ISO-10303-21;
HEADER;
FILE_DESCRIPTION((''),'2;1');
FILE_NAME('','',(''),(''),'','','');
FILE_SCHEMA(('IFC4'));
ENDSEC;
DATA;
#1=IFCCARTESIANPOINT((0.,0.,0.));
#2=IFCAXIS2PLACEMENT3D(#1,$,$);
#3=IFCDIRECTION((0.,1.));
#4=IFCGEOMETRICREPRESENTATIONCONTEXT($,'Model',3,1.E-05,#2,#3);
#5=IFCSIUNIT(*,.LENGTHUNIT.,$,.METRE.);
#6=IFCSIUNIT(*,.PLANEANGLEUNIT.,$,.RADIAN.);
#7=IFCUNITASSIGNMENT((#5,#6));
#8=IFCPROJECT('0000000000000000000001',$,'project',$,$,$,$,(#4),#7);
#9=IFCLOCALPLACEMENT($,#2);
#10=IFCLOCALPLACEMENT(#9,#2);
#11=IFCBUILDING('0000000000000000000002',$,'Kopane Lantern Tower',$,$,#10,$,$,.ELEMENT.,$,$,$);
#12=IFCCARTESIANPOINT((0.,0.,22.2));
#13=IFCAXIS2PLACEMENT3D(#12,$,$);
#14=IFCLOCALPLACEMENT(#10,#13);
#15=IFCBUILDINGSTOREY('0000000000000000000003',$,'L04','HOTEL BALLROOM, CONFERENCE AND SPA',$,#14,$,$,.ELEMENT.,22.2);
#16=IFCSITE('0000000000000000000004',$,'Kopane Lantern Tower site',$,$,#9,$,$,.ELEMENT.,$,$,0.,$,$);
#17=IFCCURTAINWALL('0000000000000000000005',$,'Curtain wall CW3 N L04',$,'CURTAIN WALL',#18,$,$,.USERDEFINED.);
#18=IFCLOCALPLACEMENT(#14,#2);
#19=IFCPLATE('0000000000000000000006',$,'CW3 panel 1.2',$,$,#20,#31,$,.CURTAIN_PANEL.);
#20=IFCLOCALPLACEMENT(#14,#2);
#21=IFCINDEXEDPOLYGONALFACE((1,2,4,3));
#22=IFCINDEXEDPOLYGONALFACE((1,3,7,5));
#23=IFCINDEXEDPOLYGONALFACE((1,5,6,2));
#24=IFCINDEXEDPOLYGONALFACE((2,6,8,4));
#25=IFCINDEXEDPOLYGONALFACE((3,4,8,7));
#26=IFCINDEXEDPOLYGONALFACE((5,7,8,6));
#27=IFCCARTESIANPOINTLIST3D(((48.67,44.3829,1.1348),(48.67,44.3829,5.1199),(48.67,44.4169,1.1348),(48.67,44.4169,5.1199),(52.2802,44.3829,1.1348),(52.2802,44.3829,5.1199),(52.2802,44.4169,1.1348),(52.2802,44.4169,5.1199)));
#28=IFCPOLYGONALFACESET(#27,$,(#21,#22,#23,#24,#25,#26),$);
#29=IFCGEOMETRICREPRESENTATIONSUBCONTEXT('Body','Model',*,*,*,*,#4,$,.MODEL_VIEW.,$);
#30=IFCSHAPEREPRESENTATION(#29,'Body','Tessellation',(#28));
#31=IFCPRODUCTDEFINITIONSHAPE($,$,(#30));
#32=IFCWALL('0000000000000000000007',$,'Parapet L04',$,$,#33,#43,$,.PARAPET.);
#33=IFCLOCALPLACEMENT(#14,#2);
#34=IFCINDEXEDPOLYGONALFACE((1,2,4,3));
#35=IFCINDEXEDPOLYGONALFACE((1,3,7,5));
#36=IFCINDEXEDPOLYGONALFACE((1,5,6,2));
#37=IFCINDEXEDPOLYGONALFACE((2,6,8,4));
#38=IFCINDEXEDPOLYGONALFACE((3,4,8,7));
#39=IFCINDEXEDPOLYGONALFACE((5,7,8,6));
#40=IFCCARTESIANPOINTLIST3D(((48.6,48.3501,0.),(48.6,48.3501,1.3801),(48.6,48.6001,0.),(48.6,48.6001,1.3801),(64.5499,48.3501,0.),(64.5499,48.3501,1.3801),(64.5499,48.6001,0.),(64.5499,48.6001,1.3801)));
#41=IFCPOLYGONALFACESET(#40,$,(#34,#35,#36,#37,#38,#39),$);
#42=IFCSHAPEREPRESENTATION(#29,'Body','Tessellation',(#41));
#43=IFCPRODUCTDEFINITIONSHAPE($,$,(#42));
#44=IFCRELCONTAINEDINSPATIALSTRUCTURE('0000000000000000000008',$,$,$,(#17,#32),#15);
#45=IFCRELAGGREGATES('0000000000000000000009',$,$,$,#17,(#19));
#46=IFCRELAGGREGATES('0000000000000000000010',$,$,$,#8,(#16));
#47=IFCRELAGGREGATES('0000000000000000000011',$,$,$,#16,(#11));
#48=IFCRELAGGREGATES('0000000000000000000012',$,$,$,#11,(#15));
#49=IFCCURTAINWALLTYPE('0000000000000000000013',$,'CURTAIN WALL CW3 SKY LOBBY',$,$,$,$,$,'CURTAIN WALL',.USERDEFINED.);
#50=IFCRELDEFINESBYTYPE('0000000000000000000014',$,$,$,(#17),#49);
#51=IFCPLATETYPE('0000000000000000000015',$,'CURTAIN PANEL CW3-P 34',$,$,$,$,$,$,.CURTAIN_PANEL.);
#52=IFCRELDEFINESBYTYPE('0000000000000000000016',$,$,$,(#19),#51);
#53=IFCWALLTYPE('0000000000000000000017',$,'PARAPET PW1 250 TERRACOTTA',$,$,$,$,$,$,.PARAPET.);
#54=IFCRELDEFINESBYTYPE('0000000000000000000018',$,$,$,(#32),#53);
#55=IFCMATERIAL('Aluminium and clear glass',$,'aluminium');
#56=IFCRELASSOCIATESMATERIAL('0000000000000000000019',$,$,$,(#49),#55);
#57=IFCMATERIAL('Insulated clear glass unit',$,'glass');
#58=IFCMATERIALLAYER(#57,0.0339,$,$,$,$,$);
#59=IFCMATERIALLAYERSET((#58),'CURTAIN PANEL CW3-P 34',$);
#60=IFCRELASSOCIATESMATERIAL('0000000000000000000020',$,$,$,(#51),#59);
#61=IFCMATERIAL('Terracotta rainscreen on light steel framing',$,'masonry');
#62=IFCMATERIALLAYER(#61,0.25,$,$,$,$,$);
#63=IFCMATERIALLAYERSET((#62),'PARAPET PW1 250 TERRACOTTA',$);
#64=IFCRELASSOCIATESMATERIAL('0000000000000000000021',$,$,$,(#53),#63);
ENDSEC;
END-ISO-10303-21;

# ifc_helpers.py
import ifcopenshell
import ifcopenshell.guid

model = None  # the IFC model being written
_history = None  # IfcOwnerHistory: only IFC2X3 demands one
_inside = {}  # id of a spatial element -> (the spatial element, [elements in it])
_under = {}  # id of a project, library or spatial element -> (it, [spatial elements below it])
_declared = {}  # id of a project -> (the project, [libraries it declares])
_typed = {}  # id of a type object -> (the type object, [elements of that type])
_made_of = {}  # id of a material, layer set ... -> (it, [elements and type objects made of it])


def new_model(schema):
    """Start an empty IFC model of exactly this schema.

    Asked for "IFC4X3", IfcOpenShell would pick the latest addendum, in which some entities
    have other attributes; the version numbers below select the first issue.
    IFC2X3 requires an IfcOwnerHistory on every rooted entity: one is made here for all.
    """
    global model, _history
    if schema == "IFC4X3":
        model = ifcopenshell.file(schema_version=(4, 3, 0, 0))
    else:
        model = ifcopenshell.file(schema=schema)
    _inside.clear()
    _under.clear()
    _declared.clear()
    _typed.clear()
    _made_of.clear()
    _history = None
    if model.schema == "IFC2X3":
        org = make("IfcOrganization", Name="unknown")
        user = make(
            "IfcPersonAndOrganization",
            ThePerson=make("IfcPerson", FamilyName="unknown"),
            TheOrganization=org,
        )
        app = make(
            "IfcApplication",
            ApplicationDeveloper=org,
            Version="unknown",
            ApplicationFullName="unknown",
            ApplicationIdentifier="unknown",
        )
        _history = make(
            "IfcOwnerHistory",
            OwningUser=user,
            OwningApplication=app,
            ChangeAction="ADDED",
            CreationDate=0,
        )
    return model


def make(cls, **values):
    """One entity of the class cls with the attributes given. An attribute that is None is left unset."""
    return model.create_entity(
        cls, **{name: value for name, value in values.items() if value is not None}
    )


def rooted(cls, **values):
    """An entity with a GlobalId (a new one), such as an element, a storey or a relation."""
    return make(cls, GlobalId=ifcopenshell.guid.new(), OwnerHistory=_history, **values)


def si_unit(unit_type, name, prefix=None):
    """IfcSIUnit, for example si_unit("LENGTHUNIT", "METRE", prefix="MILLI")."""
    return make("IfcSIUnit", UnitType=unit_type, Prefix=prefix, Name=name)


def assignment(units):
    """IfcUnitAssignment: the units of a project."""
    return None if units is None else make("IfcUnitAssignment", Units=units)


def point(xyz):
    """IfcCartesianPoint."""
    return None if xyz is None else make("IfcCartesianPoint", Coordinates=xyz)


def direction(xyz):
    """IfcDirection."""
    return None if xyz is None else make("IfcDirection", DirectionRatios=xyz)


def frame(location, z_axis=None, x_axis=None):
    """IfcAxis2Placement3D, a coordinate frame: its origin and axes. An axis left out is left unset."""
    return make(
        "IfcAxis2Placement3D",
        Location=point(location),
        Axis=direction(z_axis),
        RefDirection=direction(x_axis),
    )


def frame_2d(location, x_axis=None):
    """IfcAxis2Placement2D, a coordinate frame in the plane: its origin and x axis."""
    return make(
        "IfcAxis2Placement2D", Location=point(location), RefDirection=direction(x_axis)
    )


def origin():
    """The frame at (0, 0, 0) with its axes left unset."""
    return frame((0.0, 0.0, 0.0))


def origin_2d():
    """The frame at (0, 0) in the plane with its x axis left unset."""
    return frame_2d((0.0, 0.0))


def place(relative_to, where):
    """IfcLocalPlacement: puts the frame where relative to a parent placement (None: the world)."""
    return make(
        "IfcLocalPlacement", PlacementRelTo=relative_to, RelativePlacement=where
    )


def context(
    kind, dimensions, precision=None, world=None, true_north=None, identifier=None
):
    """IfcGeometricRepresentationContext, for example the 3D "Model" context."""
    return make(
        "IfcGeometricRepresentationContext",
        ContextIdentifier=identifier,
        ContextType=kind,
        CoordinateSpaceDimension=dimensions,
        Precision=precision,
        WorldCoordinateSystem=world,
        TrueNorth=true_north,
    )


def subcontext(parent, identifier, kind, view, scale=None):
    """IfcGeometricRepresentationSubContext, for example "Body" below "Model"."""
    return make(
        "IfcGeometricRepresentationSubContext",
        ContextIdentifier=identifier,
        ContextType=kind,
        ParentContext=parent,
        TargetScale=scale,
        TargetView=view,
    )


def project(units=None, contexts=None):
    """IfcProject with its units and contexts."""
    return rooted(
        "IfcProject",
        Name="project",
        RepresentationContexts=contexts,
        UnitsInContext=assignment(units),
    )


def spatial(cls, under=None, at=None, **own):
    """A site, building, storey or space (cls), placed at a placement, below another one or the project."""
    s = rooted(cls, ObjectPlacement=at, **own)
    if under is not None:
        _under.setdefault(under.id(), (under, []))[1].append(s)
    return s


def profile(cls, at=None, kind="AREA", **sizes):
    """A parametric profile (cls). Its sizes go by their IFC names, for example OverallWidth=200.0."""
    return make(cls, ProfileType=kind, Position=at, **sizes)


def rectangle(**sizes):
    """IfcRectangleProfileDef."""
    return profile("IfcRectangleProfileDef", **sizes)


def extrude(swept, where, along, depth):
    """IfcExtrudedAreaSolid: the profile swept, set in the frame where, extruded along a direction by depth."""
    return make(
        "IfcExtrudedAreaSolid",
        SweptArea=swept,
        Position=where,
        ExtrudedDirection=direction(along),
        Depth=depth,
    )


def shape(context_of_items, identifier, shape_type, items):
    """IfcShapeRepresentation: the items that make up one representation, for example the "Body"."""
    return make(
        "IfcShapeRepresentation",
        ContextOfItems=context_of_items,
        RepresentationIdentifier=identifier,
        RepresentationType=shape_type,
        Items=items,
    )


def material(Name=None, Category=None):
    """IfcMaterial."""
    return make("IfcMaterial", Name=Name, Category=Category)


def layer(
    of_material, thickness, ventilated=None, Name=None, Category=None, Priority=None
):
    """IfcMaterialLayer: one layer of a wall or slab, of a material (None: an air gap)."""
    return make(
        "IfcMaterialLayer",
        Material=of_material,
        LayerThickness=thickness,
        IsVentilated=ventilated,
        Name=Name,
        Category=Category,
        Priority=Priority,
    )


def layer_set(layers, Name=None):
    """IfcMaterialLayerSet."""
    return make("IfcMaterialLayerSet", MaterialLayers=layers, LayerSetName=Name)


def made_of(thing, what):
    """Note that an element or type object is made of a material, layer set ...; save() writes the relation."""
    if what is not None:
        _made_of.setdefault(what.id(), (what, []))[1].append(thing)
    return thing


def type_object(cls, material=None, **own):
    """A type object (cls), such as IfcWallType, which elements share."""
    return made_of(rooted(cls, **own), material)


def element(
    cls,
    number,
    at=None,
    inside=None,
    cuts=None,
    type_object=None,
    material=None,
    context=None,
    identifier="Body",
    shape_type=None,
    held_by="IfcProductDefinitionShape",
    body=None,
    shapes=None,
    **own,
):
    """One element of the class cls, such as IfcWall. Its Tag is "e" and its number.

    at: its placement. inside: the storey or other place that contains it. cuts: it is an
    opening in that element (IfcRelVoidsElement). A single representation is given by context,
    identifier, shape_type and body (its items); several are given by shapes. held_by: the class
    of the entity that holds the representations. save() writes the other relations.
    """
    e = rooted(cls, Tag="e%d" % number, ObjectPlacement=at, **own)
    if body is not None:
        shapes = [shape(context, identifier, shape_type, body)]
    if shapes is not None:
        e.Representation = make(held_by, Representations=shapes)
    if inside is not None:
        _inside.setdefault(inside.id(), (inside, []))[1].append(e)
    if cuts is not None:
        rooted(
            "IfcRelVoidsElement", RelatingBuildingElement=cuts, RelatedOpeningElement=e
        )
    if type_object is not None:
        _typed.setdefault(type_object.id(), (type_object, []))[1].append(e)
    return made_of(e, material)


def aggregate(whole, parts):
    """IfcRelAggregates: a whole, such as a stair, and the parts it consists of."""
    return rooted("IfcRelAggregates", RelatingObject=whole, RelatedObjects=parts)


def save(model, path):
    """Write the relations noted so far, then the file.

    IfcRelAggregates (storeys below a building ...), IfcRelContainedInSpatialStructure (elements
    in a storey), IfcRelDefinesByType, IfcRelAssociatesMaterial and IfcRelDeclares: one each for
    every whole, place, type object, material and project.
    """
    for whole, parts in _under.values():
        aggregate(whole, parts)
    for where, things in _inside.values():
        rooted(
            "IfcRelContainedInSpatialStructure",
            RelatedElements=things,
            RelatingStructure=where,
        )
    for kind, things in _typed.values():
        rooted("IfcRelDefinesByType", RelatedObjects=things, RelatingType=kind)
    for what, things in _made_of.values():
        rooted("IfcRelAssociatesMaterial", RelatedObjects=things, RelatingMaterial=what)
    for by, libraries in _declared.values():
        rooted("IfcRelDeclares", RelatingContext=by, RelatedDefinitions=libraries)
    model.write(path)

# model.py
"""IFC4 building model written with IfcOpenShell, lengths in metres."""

from ifc_helpers import new_model, si_unit, direction, frame, frame_2d, origin, origin_2d, place, context, subcontext, project, spatial, rectangle, extrude, material, layer, layer_set, type_object, element, aggregate, save


model = new_model("IFC4")

# Units and contexts
model_context = context("Model", 3, precision=1e-05, world=origin(), true_north=direction((0.0, 1.0)))
body_context = subcontext(model_context, "Body", "Model", "MODEL_VIEW")
ifc_project = project(units=[si_unit("LENGTHUNIT", "METRE"), si_unit("PLANEANGLEUNIT", "RADIAN")], contexts=[model_context])

# Site, building, storey
site_placement = place(None, origin())
site = spatial("IfcSite", under=ifc_project, at=site_placement, Name="Kopane Lantern Tower site", CompositionType="ELEMENT", RefElevation=0.0)
building_placement = place(site_placement, origin())
building = spatial("IfcBuilding", under=site, at=building_placement, Name="Kopane Lantern Tower", CompositionType="ELEMENT")
storey_placement = place(building_placement, frame((0.0, 0.0, 22.2)))
storey = spatial("IfcBuildingStorey", under=building, at=storey_placement, Name="L04", Description="HOTEL BALLROOM, CONFERENCE AND SPA", CompositionType="ELEMENT", Elevation=22.2)

# Shared definitions
ifc_material_1 = material(Name="Aluminium and clear glass", Category="aluminium")
curtain_wall_type = type_object("IfcCurtainWallType", Name="CURTAIN WALL CW3 SKY LOBBY", ElementType="CURTAIN WALL", PredefinedType="USERDEFINED", material=ifc_material_1)

# Curtain wall
curtain_wall_1_placement = place(storey_placement, origin())
curtain_wall_1 = element("IfcCurtainWall", 1, at=curtain_wall_1_placement, inside=storey, type_object=curtain_wall_type, Name="Curtain wall CW3 N L04", ObjectType="CURTAIN WALL", PredefinedType="USERDEFINED")

# Plate
ifc_material_2 = material(Name="Insulated clear glass unit", Category="glass")
ifc_layer_1 = layer(ifc_material_2, 0.0339)
ifc_layer_set_1 = layer_set([ifc_layer_1], Name="CURTAIN PANEL CW3-P 34")
plate_type = type_object("IfcPlateType", Name="CURTAIN PANEL CW3-P 34", PredefinedType="CURTAIN_PANEL", material=ifc_layer_set_1)
plate_1_placement = place(storey_placement, frame((50.4751, 44.3999, 1.1348), z_axis=(0.0, 0.0, 1.0), x_axis=(-1.0, 0.0, 0.0)))
plate_1 = element("IfcPlate", 2, at=plate_1_placement, type_object=plate_type, Name="CW3 panel 1.2", PredefinedType="CURTAIN_PANEL", context=body_context, shape_type="SweptSolid", body=[
    extrude(rectangle(XDim=3.6101, YDim=0.0339, at=origin_2d()), origin(), (0.0, 0.0, 1.0), 3.9851),
])
aggregate(curtain_wall_1, [plate_1])

# Wall
ifc_material_3 = material(Name="Terracotta rainscreen on light steel framing", Category="masonry")
ifc_layer_2 = layer(ifc_material_3, 0.25)
ifc_layer_set_2 = layer_set([ifc_layer_2], Name="PARAPET PW1 250 TERRACOTTA")
wall_type = type_object("IfcWallType", Name="PARAPET PW1 250 TERRACOTTA", PredefinedType="PARAPET", material=ifc_layer_set_2)
wall_placement = place(storey_placement, frame((64.55, 48.4751, 0.0), z_axis=(0.0, 0.0, 1.0), x_axis=(-1.0, 0.0, 0.0)))
element("IfcWall", 3, at=wall_placement, inside=storey, type_object=wall_type, Name="Parapet L04", PredefinedType="PARAPET", context=body_context, shape_type="SweptSolid", body=[
    extrude(rectangle(XDim=15.95, YDim=0.25, at=frame_2d((7.9751, 0.0))), origin(), (0.0, 0.0, 1.0), 1.3801),
])

save(model, "model.ifc")
